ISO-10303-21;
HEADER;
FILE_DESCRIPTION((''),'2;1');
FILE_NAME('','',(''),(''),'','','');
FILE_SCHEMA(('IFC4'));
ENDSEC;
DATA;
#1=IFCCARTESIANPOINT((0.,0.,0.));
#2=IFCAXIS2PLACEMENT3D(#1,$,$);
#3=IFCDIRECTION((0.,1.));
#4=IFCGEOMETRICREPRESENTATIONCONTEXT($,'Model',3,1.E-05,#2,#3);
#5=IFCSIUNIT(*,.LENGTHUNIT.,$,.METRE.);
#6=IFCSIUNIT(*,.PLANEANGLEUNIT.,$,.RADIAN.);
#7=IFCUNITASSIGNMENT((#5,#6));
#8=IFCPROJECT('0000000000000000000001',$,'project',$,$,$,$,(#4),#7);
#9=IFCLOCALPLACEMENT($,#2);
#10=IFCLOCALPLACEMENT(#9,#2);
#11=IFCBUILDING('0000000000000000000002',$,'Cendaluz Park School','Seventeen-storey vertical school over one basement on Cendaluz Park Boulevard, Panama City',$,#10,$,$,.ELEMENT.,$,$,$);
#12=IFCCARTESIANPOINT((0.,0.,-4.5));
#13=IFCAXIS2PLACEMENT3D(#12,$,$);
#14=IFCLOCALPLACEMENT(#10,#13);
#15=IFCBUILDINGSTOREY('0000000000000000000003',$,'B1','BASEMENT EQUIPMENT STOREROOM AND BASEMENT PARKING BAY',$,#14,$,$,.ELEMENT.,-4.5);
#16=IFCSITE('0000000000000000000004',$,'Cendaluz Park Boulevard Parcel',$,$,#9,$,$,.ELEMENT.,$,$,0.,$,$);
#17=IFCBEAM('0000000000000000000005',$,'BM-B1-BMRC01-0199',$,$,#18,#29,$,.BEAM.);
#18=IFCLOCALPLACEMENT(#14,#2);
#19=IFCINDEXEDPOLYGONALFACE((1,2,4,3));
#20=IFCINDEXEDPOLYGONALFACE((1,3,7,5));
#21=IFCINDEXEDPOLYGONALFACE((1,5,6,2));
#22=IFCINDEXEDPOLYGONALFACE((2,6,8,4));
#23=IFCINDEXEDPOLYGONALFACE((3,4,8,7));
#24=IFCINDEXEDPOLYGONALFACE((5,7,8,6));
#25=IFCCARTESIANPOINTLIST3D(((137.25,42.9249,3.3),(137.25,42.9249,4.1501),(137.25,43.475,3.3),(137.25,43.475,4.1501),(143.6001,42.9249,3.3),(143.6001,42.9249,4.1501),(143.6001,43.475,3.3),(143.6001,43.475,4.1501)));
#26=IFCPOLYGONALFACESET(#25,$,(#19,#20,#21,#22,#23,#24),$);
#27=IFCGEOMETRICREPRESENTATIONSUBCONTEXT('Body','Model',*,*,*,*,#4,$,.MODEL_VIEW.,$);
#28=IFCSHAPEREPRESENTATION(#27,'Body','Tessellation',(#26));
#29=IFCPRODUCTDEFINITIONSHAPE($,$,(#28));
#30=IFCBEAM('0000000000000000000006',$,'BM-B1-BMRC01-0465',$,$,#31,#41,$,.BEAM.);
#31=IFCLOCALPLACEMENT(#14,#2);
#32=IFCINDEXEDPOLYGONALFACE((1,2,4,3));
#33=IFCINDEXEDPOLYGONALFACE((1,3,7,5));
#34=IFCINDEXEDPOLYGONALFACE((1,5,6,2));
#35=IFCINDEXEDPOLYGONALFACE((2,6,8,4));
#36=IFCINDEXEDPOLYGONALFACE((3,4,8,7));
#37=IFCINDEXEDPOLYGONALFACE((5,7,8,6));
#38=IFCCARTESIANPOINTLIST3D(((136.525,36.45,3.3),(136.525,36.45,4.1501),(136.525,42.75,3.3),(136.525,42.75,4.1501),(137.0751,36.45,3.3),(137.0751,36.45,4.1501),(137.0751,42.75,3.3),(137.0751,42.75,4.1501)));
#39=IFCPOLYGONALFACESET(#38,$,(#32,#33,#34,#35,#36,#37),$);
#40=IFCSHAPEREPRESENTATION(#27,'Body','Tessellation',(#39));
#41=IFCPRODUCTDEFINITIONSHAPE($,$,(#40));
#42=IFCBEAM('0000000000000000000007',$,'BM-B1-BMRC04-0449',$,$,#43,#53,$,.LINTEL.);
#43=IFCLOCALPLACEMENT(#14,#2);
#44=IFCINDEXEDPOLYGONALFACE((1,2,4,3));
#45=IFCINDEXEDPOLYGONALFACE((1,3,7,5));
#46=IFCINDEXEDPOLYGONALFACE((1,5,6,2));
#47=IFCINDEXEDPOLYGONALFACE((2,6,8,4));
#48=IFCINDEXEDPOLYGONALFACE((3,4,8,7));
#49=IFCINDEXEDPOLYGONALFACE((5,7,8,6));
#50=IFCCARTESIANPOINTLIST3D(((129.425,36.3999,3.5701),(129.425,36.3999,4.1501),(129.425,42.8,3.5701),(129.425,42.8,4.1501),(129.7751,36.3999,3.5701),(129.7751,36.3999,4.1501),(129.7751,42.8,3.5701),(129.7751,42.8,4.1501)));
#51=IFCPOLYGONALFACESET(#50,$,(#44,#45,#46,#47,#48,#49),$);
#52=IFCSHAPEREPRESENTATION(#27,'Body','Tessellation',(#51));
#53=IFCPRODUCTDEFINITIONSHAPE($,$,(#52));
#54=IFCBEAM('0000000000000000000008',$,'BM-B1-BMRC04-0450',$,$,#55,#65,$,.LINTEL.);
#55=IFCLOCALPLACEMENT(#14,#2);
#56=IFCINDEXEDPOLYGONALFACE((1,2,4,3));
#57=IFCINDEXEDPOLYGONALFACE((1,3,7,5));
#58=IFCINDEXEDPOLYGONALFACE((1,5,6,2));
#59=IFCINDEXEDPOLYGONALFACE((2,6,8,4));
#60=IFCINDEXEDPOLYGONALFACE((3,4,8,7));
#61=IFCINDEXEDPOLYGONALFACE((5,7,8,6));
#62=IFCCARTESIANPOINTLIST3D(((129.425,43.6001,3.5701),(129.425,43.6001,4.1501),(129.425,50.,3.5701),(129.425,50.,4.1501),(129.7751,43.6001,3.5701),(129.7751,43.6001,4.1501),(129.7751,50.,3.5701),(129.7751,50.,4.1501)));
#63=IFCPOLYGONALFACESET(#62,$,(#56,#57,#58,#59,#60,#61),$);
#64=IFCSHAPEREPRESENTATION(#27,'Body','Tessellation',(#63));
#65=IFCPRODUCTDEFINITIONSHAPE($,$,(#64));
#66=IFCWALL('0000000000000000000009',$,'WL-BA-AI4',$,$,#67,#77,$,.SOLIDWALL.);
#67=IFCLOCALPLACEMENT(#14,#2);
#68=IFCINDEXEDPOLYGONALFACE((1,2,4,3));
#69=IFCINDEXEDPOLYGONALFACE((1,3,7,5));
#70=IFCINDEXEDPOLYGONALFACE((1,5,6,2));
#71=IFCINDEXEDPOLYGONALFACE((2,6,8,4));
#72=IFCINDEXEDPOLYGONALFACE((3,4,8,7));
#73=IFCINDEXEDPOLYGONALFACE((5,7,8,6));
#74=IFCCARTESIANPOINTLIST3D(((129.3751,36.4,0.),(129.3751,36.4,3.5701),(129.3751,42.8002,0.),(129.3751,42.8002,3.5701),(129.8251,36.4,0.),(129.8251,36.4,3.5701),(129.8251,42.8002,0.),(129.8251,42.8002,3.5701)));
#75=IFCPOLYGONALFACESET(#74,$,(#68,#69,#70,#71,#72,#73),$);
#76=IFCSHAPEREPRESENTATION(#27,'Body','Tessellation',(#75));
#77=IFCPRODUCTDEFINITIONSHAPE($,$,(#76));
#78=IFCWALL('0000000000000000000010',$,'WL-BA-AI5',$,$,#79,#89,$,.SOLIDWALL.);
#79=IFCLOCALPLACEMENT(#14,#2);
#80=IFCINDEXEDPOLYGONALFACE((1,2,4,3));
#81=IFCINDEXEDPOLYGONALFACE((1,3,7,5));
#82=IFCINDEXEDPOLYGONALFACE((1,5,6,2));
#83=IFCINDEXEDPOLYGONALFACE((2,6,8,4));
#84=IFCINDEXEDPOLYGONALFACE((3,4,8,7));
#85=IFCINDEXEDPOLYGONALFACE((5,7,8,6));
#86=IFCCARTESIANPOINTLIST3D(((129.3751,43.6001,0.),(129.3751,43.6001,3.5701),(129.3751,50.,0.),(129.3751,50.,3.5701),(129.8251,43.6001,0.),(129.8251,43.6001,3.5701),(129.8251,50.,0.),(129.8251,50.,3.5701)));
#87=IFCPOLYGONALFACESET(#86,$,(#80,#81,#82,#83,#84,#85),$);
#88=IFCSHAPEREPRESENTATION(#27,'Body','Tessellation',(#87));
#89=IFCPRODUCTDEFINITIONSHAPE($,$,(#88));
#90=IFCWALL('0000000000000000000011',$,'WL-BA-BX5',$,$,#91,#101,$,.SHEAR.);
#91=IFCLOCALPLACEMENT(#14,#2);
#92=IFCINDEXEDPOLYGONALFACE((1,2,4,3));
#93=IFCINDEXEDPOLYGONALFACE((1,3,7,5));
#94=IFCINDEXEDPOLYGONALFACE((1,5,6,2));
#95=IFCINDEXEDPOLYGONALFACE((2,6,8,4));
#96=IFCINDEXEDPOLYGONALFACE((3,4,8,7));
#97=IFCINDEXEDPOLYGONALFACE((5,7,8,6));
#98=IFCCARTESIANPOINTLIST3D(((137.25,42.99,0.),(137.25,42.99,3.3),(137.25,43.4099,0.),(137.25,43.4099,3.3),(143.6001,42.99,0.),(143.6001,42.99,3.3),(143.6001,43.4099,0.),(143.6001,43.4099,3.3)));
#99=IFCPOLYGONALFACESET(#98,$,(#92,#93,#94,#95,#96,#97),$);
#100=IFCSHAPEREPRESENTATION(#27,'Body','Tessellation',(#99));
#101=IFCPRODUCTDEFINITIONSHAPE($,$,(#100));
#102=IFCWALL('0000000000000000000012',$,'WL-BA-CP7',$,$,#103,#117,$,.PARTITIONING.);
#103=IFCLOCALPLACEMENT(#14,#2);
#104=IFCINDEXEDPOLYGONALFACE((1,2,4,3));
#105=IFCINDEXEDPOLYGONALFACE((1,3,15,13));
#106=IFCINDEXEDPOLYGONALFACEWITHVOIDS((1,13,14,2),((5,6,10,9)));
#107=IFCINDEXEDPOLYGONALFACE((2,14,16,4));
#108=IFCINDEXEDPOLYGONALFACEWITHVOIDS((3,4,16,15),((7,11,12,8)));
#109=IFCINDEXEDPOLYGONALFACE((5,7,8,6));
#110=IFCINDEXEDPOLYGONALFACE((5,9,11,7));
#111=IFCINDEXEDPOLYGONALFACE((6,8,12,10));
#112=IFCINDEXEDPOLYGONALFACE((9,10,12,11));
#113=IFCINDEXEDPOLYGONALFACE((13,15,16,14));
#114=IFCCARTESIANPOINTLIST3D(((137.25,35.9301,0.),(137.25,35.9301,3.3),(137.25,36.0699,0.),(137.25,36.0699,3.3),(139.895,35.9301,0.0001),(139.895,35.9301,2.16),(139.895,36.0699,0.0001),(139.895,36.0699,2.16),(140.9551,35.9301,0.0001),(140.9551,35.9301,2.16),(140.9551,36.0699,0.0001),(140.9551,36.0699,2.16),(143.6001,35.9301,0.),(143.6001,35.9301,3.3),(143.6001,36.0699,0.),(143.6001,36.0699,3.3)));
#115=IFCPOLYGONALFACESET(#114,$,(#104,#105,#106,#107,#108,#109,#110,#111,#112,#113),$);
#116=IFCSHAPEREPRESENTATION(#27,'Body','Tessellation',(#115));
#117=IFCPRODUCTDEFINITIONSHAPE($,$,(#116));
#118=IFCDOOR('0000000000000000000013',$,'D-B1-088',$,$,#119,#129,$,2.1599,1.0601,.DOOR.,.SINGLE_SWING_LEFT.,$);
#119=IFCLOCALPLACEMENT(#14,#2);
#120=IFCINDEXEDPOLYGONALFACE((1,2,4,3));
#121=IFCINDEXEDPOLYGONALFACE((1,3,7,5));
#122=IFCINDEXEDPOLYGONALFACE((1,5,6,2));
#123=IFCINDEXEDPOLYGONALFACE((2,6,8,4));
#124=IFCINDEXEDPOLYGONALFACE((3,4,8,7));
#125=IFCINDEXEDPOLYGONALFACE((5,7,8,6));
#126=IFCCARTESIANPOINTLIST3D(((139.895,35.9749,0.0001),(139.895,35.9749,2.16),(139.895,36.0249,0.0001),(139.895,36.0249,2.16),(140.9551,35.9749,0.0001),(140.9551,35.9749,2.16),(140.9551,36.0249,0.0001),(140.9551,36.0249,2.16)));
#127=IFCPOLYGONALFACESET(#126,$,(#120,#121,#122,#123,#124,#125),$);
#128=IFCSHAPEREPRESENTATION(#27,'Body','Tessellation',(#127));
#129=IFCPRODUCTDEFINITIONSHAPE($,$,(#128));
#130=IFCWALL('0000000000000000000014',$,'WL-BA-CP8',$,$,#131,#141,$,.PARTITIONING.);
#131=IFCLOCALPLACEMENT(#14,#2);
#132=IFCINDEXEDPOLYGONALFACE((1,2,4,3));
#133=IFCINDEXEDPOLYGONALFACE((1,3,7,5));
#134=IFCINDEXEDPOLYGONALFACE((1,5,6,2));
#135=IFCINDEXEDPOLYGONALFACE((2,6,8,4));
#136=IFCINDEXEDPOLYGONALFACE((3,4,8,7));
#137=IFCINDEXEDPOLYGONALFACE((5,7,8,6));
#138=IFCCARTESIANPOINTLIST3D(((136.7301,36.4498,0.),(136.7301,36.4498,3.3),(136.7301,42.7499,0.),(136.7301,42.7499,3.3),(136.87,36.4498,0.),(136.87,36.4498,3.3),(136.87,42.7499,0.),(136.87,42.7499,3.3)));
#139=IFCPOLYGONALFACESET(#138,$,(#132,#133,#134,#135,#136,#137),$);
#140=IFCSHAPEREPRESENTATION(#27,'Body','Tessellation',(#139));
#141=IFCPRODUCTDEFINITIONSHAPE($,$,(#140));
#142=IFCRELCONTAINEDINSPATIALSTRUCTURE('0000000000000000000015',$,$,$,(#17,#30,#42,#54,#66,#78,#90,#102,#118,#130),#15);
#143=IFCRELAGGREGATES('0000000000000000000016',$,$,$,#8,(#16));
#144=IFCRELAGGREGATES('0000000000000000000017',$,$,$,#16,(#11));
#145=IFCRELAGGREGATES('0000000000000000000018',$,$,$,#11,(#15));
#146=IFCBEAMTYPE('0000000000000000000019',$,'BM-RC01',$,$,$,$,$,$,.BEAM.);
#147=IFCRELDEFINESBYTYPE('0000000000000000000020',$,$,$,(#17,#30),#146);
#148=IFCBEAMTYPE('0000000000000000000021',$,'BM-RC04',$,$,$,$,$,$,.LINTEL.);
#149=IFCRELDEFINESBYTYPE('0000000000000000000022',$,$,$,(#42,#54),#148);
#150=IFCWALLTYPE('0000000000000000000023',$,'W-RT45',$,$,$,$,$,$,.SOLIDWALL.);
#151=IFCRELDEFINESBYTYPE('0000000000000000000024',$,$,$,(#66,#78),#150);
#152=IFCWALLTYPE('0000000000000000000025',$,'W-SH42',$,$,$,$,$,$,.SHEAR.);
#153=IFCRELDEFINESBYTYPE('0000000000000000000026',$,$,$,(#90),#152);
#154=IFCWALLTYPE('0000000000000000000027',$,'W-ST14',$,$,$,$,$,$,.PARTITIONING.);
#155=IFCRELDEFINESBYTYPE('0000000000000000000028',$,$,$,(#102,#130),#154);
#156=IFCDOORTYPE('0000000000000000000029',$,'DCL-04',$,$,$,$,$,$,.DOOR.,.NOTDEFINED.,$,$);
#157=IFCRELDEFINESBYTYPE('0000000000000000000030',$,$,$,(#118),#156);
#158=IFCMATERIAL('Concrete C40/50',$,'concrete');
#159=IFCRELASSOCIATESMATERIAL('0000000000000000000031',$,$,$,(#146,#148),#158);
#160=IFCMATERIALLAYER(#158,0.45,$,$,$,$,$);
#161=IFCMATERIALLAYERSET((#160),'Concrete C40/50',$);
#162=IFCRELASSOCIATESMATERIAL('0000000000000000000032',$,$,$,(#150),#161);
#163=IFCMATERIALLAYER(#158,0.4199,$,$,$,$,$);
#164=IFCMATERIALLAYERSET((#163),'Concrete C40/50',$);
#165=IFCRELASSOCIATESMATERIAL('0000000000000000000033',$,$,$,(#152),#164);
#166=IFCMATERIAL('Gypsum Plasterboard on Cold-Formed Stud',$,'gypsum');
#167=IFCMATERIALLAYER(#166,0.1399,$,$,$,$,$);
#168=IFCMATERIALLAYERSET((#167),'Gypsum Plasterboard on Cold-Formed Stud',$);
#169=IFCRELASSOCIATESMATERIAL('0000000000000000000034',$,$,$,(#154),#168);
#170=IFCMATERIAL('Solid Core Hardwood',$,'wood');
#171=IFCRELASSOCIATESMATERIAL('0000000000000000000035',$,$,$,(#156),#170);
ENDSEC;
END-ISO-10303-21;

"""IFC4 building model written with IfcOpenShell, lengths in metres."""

from ifc_helpers import new_model, si_unit, direction, frame, frame_2d, origin, origin_2d, place, context, subcontext, project, spatial, rectangle, extrude, material, layer, layer_set, material_profile, profile_set, type_object, element, fill, save


model = new_model("IFC4")

# Units and contexts
model_context = context("Model", 3, precision=1e-05, world=origin(), true_north=direction((0.0, 1.0)))
body_context = subcontext(model_context, "Body", "Model", "MODEL_VIEW")
ifc_project = project(units=[si_unit("LENGTHUNIT", "METRE"), si_unit("PLANEANGLEUNIT", "RADIAN")], contexts=[model_context])

# Site, building, storey
site_placement = place(None, origin())
site = spatial("IfcSite", under=ifc_project, at=site_placement, Name="Cendaluz Park Boulevard Parcel", CompositionType="ELEMENT", RefElevation=0.0)
building_placement = place(site_placement, origin())
building = spatial("IfcBuilding", under=site, at=building_placement, Name="Cendaluz Park School", Description="Seventeen-storey vertical school over one basement on Cendaluz Park Boulevard, Panama City", CompositionType="ELEMENT")
storey_placement = place(building_placement, frame((0.0, 0.0, -4.5)))
storey = spatial("IfcBuildingStorey", under=building, at=storey_placement, Name="B1", Description="BASEMENT EQUIPMENT STOREROOM AND BASEMENT PARKING BAY", CompositionType="ELEMENT", Elevation=-4.5)

# Shared definitions
ifc_material_1 = material(Name="Concrete C40/50", Category="concrete")

# Beams
ifc_material_profile_1 = material_profile(ifc_material_1, rectangle(XDim=0.55, YDim=0.8501, at=origin_2d()), Name="RC 550x850", Category="concrete")
ifc_profile_set_1 = profile_set([ifc_material_profile_1], Name="Concrete C40/50")
beam_type_1 = type_object("IfcBeamType", Name="BM-RC01", PredefinedType="BEAM", material=ifc_profile_set_1)
for number, where, z_axis, x_axis, name in (
    (1, (137.25, 43.2, 3.7251), (1.0, 0.0, 0.0), (0.0, 1.0, 0.0), "BM-B1-BMRC01-0199"),
):
    element("IfcBeam", number, at=place(storey_placement, frame(where, z_axis=z_axis, x_axis=x_axis)), inside=storey, type_object=beam_type_1, Name=name, PredefinedType="BEAM", context=body_context, shape_type="SweptSolid", body=[
        extrude(rectangle(XDim=0.55, YDim=0.8501, at=origin_2d()), origin(), (0.0, 0.0, 1.0), 6.3501),
    ])
beam_1_placement = place(storey_placement, frame((136.8, 36.45, 3.7251), z_axis=(0.0, 1.0, 0.0), x_axis=(-1.0, 0.0, 0.0)))
element("IfcBeam", 2, at=beam_1_placement, inside=storey, type_object=beam_type_1, Name="BM-B1-BMRC01-0465", PredefinedType="BEAM", context=body_context, shape_type="SweptSolid", body=[
    extrude(rectangle(XDim=0.55, YDim=0.8501, at=origin_2d()), origin(), (0.0, 0.0, 1.0), 6.3),
])
ifc_material_profile_2 = material_profile(ifc_material_1, rectangle(XDim=0.3501, YDim=0.5801, at=origin_2d()), Name="RC 350x580", Category="concrete")
ifc_profile_set_2 = profile_set([ifc_material_profile_2], Name="Concrete C40/50")
beam_type_2 = type_object("IfcBeamType", Name="BM-RC04", PredefinedType="LINTEL", material=ifc_profile_set_2)
beam_2_placement = place(storey_placement, frame((129.6001, 36.3999, 3.8601), z_axis=(0.0, 1.0, 0.0), x_axis=(-1.0, 0.0, 0.0)))
element("IfcBeam", 3, at=beam_2_placement, inside=storey, type_object=beam_type_2, Name="BM-B1-BMRC04-0449", PredefinedType="LINTEL", context=body_context, shape_type="SweptSolid", body=[
    extrude(rectangle(XDim=0.3501, YDim=0.5801, at=origin_2d()), origin(), (0.0, 0.0, 1.0), 6.4001),
])
beam_3_placement = place(storey_placement, frame((129.6001, 43.6001, 3.8601), z_axis=(0.0, 1.0, 0.0), x_axis=(-1.0, 0.0, 0.0)))
element("IfcBeam", 4, at=beam_3_placement, inside=storey, type_object=beam_type_2, Name="BM-B1-BMRC04-0450", PredefinedType="LINTEL", context=body_context, shape_type="SweptSolid", body=[
    extrude(rectangle(XDim=0.3501, YDim=0.5801, at=origin_2d()), origin(), (0.0, 0.0, 1.0), 6.3999),
])

# Shared definitions
ifc_material_2 = material(Name="Solid Core Hardwood", Category="wood")

# Walls
ifc_layer_1 = layer(ifc_material_1, 0.45)
ifc_layer_set_1 = layer_set([ifc_layer_1], Name="Concrete C40/50")
wall_type_1 = type_object("IfcWallType", Name="W-RT45", PredefinedType="SOLIDWALL", material=ifc_layer_set_1)
wall_1_placement = place(storey_placement, frame((129.6001, 36.3999, 0.0), z_axis=(0.0, 0.0, 1.0), x_axis=(0.0, 1.0, 0.0)))
element("IfcWall", 5, at=wall_1_placement, inside=storey, type_object=wall_type_1, Name="WL-BA-AI4", PredefinedType="SOLIDWALL", context=body_context, shape_type="SweptSolid", body=[
    extrude(rectangle(XDim=6.4001, YDim=0.45, at=frame_2d((3.2002, 0.0))), origin(), (0.0, 0.0, 1.0), 3.5701),
])
wall_2_placement = place(storey_placement, frame((129.6001, 43.6001, 0.0), z_axis=(0.0, 0.0, 1.0), x_axis=(0.0, 1.0, 0.0)))
element("IfcWall", 6, at=wall_2_placement, inside=storey, type_object=wall_type_1, Name="WL-BA-AI5", PredefinedType="SOLIDWALL", context=body_context, shape_type="SweptSolid", body=[
    extrude(rectangle(XDim=6.3999, YDim=0.45, at=frame_2d((3.2, 0.0))), origin(), (0.0, 0.0, 1.0), 3.5701),
])
ifc_layer_2 = layer(ifc_material_1, 0.4199)
ifc_layer_set_2 = layer_set([ifc_layer_2], Name="Concrete C40/50")
wall_type_2 = type_object("IfcWallType", Name="W-SH42", PredefinedType="SHEAR", material=ifc_layer_set_2)
wall_3_placement = place(storey_placement, frame((137.25, 43.2, 0.0), z_axis=(0.0, 0.0, 1.0), x_axis=(1.0, 0.0, 0.0)))
element("IfcWall", 7, at=wall_3_placement, inside=storey, type_object=wall_type_2, Name="WL-BA-BX5", PredefinedType="SHEAR", context=body_context, shape_type="SweptSolid", body=[
    extrude(rectangle(XDim=6.3501, YDim=0.4199, at=frame_2d((3.175, 0.0))), origin(), (0.0, 0.0, 1.0), 3.3),
])

# Wall, opening, door
ifc_material_3 = material(Name="Gypsum Plasterboard on Cold-Formed Stud", Category="gypsum")
ifc_layer_3 = layer(ifc_material_3, 0.1399)
ifc_layer_set_3 = layer_set([ifc_layer_3], Name="Gypsum Plasterboard on Cold-Formed Stud")
wall_type_3 = type_object("IfcWallType", Name="W-ST14", PredefinedType="PARTITIONING", material=ifc_layer_set_3)
wall_4_placement = place(storey_placement, frame((137.25, 36.0, 0.0), z_axis=(0.0, 0.0, 1.0), x_axis=(1.0, 0.0, 0.0)))
wall_4 = element("IfcWall", 8, at=wall_4_placement, inside=storey, type_object=wall_type_3, Name="WL-BA-CP7", PredefinedType="PARTITIONING", context=body_context, shape_type="SweptSolid", body=[
    extrude(rectangle(XDim=6.3501, YDim=0.1399, at=frame_2d((3.175, 0.0))), origin(), (0.0, 0.0, 1.0), 3.3),
])
opening_1_placement = place(wall_4_placement, frame((2.645, 0.0, 0.0)))
opening_1 = element("IfcOpeningElement", 9, at=opening_1_placement, cuts=wall_4, PredefinedType="OPENING", context=body_context, shape_type="SweptSolid", body=[
    extrude(rectangle(XDim=1.0601, YDim=2.1599, at=frame_2d((0.53, 1.0801))), frame((0.0, 0.082, 0.0), z_axis=(0.0, -1.0, 0.0), x_axis=(1.0, 0.0, 0.0)), (0.0, 0.0, 1.0), 0.1638),
])
door_type_1 = type_object("IfcDoorType", Name="DCL-04", OperationType="NOTDEFINED", PredefinedType="DOOR", material=ifc_material_2)
door_1_placement = place(opening_1_placement, origin())
door_1 = element("IfcDoor", 10, at=door_1_placement, inside=storey, type_object=door_type_1, Name="D-B1-088", OperationType="SINGLE_SWING_LEFT", OverallHeight=2.1599, OverallWidth=1.0601, PredefinedType="DOOR", context=body_context, shape_type="SweptSolid", body=[
    extrude(rectangle(XDim=1.0601, YDim=2.1599, at=frame_2d((0.53, 1.0801))), frame((0.0, 0.0249, 0.0), z_axis=(0.0, -1.0, 0.0), x_axis=(1.0, 0.0, 0.0)), (0.0, 0.0, 1.0), 0.05),
])
fill(opening_1, door_1)

# Wall
wall_5_placement = place(storey_placement, frame((136.8, 36.45, 0.0), z_axis=(0.0, 0.0, 1.0), x_axis=(0.0, 1.0, 0.0)))
element("IfcWall", 11, at=wall_5_placement, inside=storey, type_object=wall_type_3, Name="WL-BA-CP8", PredefinedType="PARTITIONING", context=body_context, shape_type="SweptSolid", body=[
    extrude(rectangle(XDim=6.3, YDim=0.1399, at=frame_2d((3.1499, 0.0))), origin(), (0.0, 0.0, 1.0), 3.3),
])

save(model, "model.ifc")
